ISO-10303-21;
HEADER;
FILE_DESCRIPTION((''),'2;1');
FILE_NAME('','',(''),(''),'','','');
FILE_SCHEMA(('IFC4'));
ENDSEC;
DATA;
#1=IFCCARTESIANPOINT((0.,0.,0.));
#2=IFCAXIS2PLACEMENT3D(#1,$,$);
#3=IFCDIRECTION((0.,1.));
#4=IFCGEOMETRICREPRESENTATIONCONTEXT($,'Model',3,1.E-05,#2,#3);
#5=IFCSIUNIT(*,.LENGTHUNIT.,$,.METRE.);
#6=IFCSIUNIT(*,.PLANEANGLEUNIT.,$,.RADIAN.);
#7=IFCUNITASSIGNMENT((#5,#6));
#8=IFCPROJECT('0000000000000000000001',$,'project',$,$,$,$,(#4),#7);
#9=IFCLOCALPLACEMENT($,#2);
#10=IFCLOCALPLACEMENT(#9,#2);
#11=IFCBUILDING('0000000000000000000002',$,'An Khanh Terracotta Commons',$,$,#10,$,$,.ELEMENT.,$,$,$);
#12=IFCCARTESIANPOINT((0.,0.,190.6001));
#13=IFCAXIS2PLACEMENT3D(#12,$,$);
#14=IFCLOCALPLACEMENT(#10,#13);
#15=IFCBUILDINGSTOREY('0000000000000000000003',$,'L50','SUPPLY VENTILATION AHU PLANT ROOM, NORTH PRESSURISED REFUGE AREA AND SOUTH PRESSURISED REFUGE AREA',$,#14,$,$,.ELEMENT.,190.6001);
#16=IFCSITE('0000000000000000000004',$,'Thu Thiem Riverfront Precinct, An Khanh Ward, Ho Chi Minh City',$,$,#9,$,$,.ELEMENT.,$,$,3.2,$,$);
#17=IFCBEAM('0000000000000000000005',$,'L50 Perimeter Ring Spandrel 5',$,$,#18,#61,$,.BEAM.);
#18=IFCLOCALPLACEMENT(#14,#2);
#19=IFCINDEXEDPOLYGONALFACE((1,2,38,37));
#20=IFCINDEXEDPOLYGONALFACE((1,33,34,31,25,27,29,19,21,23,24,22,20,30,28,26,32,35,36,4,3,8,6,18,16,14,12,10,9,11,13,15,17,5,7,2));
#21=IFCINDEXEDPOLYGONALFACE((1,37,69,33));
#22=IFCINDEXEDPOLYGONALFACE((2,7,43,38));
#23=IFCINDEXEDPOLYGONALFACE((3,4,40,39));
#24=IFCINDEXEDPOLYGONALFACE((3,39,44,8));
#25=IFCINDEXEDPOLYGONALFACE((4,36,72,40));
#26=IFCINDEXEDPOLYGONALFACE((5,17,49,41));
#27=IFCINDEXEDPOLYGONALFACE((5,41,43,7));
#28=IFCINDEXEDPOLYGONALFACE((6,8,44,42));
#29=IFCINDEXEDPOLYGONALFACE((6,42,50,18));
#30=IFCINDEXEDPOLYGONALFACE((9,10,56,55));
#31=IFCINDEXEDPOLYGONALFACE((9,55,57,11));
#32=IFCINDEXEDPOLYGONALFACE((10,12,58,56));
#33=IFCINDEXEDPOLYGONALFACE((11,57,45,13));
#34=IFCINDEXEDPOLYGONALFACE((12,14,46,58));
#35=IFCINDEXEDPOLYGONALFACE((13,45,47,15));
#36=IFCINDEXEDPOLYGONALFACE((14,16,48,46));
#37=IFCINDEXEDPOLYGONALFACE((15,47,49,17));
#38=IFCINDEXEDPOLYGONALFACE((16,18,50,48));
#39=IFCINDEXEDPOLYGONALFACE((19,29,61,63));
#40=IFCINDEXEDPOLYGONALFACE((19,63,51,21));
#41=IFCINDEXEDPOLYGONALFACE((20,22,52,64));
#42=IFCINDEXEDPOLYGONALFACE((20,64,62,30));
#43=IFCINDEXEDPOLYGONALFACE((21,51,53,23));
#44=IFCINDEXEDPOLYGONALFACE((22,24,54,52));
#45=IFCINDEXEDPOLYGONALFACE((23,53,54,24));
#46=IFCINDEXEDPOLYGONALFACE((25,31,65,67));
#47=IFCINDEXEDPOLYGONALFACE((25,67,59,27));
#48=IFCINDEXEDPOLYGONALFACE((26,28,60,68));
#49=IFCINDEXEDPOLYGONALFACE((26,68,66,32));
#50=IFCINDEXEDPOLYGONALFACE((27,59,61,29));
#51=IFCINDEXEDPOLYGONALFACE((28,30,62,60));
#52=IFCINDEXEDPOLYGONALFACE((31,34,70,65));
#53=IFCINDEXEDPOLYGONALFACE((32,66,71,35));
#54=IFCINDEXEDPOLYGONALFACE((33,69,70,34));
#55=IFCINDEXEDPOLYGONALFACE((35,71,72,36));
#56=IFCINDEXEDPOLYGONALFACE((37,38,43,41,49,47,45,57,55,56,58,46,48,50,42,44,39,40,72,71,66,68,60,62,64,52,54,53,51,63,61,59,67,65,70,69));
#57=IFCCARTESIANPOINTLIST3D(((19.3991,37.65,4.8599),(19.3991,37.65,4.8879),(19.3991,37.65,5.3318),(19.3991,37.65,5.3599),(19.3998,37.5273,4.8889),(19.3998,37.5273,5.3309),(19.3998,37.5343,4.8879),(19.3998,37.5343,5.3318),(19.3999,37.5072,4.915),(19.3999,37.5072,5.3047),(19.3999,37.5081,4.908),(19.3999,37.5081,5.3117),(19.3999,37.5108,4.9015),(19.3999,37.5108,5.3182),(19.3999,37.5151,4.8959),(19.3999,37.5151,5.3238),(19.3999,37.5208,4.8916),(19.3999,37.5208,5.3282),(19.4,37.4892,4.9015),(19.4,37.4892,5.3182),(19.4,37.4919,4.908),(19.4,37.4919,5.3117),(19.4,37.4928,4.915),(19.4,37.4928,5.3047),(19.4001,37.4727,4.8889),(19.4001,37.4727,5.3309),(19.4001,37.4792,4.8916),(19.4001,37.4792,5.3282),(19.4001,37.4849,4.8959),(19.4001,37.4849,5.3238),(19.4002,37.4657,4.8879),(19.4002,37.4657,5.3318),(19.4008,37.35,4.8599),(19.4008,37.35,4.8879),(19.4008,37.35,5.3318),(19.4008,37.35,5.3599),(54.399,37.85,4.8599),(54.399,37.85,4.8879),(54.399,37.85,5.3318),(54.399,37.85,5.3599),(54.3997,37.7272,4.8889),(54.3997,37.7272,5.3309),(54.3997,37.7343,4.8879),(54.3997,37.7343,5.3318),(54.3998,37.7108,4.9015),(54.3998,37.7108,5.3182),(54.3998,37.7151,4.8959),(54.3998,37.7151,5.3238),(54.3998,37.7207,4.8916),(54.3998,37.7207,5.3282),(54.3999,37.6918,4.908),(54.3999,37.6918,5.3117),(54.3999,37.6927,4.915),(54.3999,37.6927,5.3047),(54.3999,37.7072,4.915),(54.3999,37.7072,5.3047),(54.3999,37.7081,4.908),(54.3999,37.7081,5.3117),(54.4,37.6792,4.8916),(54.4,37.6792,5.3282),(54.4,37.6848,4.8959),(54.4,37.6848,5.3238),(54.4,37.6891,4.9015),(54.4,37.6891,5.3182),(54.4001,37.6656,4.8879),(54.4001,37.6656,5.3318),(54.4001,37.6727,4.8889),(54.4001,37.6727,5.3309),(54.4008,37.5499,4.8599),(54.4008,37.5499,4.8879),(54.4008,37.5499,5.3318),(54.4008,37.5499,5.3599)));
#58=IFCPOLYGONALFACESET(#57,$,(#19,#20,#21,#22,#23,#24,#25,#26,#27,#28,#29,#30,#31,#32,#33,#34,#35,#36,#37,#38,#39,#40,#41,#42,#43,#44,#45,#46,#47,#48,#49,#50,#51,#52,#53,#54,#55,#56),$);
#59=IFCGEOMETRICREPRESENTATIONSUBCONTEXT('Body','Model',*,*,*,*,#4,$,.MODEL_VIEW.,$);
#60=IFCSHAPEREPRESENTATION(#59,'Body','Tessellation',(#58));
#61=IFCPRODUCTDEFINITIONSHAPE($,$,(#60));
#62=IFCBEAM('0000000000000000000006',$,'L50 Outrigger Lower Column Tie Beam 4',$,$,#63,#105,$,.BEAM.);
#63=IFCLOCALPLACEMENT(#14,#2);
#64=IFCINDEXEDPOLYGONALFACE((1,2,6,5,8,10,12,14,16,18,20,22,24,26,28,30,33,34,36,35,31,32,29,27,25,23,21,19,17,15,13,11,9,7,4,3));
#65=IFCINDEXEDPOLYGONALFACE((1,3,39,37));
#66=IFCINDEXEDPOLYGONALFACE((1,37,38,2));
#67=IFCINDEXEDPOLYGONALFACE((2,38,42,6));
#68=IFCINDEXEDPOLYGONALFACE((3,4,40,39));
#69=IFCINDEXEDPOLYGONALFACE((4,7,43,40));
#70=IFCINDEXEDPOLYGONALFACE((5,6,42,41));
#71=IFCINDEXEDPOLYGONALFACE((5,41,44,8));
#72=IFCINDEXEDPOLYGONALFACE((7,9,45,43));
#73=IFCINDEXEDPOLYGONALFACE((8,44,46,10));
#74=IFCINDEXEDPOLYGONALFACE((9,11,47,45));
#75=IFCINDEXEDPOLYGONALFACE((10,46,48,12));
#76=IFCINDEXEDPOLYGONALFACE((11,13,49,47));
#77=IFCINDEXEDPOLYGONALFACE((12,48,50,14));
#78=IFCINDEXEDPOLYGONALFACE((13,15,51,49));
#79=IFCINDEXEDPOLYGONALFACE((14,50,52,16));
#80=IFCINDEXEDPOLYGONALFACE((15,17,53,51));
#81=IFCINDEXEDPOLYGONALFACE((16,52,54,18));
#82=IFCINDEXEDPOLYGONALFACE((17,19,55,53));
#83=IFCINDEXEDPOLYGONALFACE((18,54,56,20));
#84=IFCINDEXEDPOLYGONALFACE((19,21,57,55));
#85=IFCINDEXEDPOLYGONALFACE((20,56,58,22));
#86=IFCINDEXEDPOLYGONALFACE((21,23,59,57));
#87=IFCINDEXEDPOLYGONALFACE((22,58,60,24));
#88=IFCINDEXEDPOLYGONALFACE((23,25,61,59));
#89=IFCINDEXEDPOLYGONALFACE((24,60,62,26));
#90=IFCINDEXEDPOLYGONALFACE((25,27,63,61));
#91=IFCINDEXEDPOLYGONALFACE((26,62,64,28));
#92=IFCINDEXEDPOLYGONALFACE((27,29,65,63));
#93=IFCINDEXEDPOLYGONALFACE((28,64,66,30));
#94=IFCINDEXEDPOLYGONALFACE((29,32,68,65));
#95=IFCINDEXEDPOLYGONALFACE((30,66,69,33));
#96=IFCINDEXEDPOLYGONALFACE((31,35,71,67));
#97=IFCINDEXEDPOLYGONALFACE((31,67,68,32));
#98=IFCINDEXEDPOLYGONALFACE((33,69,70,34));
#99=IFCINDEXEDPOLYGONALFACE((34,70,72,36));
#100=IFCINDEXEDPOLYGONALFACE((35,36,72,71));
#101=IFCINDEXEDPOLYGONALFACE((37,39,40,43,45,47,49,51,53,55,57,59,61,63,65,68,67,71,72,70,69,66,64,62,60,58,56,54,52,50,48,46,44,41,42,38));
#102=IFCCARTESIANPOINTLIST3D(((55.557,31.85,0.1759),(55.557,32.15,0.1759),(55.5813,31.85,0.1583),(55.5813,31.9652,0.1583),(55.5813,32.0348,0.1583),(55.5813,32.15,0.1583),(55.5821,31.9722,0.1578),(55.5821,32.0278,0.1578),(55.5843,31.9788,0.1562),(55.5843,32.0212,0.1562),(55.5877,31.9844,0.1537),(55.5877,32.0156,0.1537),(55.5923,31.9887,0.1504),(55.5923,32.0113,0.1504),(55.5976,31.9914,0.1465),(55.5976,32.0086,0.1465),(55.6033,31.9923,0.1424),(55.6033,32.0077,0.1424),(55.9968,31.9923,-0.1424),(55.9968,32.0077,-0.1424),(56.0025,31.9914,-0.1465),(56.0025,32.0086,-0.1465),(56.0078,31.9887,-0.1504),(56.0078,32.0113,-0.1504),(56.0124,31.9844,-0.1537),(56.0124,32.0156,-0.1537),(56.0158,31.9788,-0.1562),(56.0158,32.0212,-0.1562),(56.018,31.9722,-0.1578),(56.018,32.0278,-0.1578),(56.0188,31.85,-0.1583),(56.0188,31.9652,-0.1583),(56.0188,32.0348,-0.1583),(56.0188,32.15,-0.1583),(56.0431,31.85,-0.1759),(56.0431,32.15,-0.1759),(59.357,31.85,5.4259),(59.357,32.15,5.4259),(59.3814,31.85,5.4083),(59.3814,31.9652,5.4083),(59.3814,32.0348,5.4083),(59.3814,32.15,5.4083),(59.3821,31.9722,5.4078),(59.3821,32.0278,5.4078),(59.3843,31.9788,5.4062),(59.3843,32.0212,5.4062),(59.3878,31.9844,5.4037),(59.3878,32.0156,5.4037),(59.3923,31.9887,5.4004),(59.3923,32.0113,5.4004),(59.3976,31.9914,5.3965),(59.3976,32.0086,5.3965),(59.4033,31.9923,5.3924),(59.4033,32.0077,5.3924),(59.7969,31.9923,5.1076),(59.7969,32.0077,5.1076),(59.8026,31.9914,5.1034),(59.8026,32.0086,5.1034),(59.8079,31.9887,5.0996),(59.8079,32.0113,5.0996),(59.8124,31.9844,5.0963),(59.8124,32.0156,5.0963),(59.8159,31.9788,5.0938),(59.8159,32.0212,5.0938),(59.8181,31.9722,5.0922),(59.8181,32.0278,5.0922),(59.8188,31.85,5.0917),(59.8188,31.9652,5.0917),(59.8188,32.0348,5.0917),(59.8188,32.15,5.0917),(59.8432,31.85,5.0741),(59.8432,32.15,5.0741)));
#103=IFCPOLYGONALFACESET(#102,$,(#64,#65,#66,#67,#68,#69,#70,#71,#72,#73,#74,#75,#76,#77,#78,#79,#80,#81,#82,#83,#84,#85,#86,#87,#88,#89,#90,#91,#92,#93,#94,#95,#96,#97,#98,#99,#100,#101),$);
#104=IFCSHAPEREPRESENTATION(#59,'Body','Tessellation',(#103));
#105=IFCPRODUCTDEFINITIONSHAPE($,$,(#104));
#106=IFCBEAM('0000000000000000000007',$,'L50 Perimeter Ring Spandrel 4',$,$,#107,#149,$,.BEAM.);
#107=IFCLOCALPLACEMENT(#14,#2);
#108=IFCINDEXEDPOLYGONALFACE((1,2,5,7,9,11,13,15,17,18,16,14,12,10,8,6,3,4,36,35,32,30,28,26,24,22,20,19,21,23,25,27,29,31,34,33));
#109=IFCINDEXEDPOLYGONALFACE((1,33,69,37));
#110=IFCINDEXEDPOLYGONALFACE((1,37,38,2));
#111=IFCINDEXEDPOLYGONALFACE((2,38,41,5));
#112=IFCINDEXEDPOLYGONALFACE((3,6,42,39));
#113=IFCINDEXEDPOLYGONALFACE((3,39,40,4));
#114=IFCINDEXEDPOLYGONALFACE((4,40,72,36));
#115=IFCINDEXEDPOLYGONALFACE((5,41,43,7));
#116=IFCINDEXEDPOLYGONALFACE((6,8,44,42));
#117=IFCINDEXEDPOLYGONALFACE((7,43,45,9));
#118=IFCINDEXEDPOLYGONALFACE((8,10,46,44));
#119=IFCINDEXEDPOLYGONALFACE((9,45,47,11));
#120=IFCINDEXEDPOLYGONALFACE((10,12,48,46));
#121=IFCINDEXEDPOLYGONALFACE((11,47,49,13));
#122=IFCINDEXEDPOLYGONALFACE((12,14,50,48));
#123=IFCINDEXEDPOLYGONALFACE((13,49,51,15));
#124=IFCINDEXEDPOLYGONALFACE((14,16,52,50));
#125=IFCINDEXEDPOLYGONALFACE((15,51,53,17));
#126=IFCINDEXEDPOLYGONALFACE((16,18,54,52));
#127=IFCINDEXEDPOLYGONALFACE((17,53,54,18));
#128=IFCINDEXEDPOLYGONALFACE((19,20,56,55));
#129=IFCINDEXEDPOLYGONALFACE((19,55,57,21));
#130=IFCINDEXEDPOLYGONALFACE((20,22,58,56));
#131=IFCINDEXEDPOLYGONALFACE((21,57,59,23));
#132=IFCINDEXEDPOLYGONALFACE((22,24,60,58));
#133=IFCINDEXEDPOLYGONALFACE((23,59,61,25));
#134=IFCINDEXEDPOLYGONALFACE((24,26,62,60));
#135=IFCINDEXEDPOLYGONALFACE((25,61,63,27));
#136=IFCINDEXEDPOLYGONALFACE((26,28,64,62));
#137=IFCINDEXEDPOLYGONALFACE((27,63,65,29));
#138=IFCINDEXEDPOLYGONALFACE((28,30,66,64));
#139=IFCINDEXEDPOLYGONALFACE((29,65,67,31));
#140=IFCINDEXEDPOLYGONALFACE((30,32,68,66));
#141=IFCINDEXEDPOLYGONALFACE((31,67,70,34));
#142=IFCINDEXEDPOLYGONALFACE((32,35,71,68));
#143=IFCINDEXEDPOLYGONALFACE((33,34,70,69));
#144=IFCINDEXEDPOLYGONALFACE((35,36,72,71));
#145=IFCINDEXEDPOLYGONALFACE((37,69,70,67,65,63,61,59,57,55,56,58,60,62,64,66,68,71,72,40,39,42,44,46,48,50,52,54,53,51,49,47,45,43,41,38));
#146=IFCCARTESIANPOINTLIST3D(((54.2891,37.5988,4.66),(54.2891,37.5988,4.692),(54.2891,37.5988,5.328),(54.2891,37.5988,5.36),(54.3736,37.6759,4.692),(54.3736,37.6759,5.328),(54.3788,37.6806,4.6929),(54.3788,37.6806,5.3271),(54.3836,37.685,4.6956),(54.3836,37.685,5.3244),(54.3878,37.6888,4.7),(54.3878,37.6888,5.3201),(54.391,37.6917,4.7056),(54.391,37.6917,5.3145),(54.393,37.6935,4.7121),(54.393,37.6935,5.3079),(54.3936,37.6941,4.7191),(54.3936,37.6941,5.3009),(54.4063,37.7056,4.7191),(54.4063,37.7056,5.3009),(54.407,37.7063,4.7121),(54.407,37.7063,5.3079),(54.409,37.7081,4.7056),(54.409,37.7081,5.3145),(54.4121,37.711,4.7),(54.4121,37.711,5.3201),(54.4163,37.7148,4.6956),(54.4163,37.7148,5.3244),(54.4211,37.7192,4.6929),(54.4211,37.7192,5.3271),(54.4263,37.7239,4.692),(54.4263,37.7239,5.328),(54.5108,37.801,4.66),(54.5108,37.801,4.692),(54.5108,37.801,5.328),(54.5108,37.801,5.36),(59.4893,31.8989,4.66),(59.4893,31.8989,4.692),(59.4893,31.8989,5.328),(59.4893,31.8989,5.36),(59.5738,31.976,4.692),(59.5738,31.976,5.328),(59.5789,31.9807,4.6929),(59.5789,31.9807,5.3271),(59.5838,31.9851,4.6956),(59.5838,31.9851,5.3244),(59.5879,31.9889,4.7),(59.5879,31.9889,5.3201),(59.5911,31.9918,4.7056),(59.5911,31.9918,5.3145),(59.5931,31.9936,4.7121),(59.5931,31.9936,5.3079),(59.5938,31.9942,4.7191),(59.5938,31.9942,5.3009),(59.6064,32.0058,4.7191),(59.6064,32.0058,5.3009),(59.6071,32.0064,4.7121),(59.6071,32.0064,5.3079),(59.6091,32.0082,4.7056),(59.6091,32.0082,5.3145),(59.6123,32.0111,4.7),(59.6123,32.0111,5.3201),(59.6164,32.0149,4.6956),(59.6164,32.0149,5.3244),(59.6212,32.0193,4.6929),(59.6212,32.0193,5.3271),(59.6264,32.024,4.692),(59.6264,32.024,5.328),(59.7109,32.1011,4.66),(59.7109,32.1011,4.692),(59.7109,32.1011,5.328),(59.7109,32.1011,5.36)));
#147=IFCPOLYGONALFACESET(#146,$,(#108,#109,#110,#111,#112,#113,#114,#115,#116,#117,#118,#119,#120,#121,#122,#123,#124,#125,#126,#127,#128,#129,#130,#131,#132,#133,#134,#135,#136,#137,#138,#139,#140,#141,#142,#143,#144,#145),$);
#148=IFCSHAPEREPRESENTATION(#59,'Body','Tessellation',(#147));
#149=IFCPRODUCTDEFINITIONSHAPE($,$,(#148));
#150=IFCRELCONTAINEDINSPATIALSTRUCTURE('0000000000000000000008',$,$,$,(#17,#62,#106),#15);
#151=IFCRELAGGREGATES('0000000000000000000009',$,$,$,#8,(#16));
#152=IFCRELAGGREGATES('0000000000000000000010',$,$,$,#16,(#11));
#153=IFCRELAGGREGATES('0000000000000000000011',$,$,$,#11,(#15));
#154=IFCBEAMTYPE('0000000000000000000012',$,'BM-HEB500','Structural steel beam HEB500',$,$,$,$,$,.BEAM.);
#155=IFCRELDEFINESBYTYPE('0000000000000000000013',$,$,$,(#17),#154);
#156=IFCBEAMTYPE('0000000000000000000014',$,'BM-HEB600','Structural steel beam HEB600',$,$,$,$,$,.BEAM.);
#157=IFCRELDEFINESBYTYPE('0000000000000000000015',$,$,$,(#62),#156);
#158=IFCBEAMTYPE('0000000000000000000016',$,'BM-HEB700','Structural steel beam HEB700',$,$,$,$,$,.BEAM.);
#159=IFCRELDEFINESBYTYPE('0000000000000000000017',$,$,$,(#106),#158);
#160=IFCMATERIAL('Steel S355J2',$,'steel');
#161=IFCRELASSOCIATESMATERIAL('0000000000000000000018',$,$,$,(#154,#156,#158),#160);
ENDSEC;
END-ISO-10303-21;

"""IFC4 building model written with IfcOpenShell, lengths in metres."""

from ifc_helpers import new_model, si_unit, direction, frame, origin, origin_2d, place, context, subcontext, project, spatial, i_section, extrude, material, material_profile, profile_set, type_object, element, save


model = new_model("IFC4")

# Units and contexts
model_context = context("Model", 3, precision=1e-05, world=origin(), true_north=direction((0.0, 1.0)))
body_context = subcontext(model_context, "Body", "Model", "MODEL_VIEW")
ifc_project = project(units=[si_unit("LENGTHUNIT", "METRE"), si_unit("PLANEANGLEUNIT", "RADIAN")], contexts=[model_context])

# Site, building, storey
site_placement = place(None, origin())
site = spatial("IfcSite", under=ifc_project, at=site_placement, Name="Thu Thiem Riverfront Precinct, An Khanh Ward, Ho Chi Minh City", CompositionType="ELEMENT", RefElevation=3.2)
building_placement = place(site_placement, origin())
building = spatial("IfcBuilding", under=site, at=building_placement, Name="An Khanh Terracotta Commons", CompositionType="ELEMENT")
storey_placement = place(building_placement, frame((0.0, 0.0, 190.6001)))
storey = spatial("IfcBuildingStorey", under=building, at=storey_placement, Name="L50", Description="SUPPLY VENTILATION AHU PLANT ROOM, NORTH PRESSURISED REFUGE AREA AND SOUTH PRESSURISED REFUGE AREA", CompositionType="ELEMENT", Elevation=190.6001)

# Beams
ifc_material_1 = material(Name="Steel S355J2", Category="steel")
ifc_material_profile_1 = material_profile(ifc_material_1, i_section(OverallWidth=0.3, OverallDepth=0.5, WebThickness=0.0144, FlangeThickness=0.0281, FilletRadius=0.0271, at=origin_2d()), Name="HEB500")
ifc_profile_set_1 = profile_set([ifc_material_profile_1], Name="Steel S355J2")
beam_type_1 = type_object("IfcBeamType", Name="BM-HEB500", Description="Structural steel beam HEB500", PredefinedType="BEAM", material=ifc_profile_set_1)
beam_1_placement = place(storey_placement, frame((54.3999, 37.7, 5.1099), z_axis=(-0.999984, -0.005713, 0.0), x_axis=(0.005713, -0.999984, 0.0)))
element("IfcBeam", 1, at=beam_1_placement, inside=storey, type_object=beam_type_1, Name="L50 Perimeter Ring Spandrel 5", PredefinedType="BEAM", context=body_context, shape_type="SweptSolid", body=[
    extrude(i_section(OverallWidth=0.3, OverallDepth=0.5, WebThickness=0.0144, FlangeThickness=0.0281, FilletRadius=0.0271, at=origin_2d()), origin(), (0.0, 0.0, 1.0), 35.0005),
])
ifc_material_profile_2 = material_profile(ifc_material_1, i_section(OverallWidth=0.3, OverallDepth=0.6001, WebThickness=0.0154, FlangeThickness=0.03, FilletRadius=0.0271, at=origin_2d()), Name="HEB600")
ifc_profile_set_2 = profile_set([ifc_material_profile_2], Name="Steel S355J2")
beam_type_2 = type_object("IfcBeamType", Name="BM-HEB600", Description="Structural steel beam HEB600", PredefinedType="BEAM", material=ifc_profile_set_2)
beam_2_placement = place(storey_placement, frame((55.8, 32.0, 0.0), z_axis=(0.58634, 0.0, 0.810065), x_axis=(0.0, 1.0, 0.0)))
element("IfcBeam", 2, at=beam_2_placement, inside=storey, type_object=beam_type_2, Name="L50 Outrigger Lower Column Tie Beam 4", PredefinedType="BEAM", context=body_context, shape_type="SweptSolid", body=[
    extrude(i_section(OverallWidth=0.3, OverallDepth=0.6001, WebThickness=0.0154, FlangeThickness=0.03, FilletRadius=0.0271, at=origin_2d()), origin(), (0.0, 0.0, 1.0), 6.481),
])
ifc_material_profile_3 = material_profile(ifc_material_1, i_section(OverallWidth=0.3, OverallDepth=0.7, WebThickness=0.0171, FlangeThickness=0.032, FilletRadius=0.0271, at=origin_2d()), Name="HEB700")
ifc_profile_set_3 = profile_set([ifc_material_profile_3], Name="Steel S355J2")
beam_type_3 = type_object("IfcBeamType", Name="BM-HEB700", Description="Structural steel beam HEB700", PredefinedType="BEAM", material=ifc_profile_set_3)
beam_3_placement = place(storey_placement, frame((59.6001, 32.0, 5.01), z_axis=(-0.673979, 0.738751, 0.0), x_axis=(-0.738751, -0.673979, 0.0)))
element("IfcBeam", 3, at=beam_3_placement, inside=storey, type_object=beam_type_3, Name="L50 Perimeter Ring Spandrel 4", PredefinedType="BEAM", context=body_context, shape_type="SweptSolid", body=[
    extrude(i_section(OverallWidth=0.3, OverallDepth=0.7, WebThickness=0.0171, FlangeThickness=0.032, FilletRadius=0.0271, at=origin_2d()), origin(), (0.0, 0.0, 1.0), 7.7156),
])

save(model, "model.ifc")
